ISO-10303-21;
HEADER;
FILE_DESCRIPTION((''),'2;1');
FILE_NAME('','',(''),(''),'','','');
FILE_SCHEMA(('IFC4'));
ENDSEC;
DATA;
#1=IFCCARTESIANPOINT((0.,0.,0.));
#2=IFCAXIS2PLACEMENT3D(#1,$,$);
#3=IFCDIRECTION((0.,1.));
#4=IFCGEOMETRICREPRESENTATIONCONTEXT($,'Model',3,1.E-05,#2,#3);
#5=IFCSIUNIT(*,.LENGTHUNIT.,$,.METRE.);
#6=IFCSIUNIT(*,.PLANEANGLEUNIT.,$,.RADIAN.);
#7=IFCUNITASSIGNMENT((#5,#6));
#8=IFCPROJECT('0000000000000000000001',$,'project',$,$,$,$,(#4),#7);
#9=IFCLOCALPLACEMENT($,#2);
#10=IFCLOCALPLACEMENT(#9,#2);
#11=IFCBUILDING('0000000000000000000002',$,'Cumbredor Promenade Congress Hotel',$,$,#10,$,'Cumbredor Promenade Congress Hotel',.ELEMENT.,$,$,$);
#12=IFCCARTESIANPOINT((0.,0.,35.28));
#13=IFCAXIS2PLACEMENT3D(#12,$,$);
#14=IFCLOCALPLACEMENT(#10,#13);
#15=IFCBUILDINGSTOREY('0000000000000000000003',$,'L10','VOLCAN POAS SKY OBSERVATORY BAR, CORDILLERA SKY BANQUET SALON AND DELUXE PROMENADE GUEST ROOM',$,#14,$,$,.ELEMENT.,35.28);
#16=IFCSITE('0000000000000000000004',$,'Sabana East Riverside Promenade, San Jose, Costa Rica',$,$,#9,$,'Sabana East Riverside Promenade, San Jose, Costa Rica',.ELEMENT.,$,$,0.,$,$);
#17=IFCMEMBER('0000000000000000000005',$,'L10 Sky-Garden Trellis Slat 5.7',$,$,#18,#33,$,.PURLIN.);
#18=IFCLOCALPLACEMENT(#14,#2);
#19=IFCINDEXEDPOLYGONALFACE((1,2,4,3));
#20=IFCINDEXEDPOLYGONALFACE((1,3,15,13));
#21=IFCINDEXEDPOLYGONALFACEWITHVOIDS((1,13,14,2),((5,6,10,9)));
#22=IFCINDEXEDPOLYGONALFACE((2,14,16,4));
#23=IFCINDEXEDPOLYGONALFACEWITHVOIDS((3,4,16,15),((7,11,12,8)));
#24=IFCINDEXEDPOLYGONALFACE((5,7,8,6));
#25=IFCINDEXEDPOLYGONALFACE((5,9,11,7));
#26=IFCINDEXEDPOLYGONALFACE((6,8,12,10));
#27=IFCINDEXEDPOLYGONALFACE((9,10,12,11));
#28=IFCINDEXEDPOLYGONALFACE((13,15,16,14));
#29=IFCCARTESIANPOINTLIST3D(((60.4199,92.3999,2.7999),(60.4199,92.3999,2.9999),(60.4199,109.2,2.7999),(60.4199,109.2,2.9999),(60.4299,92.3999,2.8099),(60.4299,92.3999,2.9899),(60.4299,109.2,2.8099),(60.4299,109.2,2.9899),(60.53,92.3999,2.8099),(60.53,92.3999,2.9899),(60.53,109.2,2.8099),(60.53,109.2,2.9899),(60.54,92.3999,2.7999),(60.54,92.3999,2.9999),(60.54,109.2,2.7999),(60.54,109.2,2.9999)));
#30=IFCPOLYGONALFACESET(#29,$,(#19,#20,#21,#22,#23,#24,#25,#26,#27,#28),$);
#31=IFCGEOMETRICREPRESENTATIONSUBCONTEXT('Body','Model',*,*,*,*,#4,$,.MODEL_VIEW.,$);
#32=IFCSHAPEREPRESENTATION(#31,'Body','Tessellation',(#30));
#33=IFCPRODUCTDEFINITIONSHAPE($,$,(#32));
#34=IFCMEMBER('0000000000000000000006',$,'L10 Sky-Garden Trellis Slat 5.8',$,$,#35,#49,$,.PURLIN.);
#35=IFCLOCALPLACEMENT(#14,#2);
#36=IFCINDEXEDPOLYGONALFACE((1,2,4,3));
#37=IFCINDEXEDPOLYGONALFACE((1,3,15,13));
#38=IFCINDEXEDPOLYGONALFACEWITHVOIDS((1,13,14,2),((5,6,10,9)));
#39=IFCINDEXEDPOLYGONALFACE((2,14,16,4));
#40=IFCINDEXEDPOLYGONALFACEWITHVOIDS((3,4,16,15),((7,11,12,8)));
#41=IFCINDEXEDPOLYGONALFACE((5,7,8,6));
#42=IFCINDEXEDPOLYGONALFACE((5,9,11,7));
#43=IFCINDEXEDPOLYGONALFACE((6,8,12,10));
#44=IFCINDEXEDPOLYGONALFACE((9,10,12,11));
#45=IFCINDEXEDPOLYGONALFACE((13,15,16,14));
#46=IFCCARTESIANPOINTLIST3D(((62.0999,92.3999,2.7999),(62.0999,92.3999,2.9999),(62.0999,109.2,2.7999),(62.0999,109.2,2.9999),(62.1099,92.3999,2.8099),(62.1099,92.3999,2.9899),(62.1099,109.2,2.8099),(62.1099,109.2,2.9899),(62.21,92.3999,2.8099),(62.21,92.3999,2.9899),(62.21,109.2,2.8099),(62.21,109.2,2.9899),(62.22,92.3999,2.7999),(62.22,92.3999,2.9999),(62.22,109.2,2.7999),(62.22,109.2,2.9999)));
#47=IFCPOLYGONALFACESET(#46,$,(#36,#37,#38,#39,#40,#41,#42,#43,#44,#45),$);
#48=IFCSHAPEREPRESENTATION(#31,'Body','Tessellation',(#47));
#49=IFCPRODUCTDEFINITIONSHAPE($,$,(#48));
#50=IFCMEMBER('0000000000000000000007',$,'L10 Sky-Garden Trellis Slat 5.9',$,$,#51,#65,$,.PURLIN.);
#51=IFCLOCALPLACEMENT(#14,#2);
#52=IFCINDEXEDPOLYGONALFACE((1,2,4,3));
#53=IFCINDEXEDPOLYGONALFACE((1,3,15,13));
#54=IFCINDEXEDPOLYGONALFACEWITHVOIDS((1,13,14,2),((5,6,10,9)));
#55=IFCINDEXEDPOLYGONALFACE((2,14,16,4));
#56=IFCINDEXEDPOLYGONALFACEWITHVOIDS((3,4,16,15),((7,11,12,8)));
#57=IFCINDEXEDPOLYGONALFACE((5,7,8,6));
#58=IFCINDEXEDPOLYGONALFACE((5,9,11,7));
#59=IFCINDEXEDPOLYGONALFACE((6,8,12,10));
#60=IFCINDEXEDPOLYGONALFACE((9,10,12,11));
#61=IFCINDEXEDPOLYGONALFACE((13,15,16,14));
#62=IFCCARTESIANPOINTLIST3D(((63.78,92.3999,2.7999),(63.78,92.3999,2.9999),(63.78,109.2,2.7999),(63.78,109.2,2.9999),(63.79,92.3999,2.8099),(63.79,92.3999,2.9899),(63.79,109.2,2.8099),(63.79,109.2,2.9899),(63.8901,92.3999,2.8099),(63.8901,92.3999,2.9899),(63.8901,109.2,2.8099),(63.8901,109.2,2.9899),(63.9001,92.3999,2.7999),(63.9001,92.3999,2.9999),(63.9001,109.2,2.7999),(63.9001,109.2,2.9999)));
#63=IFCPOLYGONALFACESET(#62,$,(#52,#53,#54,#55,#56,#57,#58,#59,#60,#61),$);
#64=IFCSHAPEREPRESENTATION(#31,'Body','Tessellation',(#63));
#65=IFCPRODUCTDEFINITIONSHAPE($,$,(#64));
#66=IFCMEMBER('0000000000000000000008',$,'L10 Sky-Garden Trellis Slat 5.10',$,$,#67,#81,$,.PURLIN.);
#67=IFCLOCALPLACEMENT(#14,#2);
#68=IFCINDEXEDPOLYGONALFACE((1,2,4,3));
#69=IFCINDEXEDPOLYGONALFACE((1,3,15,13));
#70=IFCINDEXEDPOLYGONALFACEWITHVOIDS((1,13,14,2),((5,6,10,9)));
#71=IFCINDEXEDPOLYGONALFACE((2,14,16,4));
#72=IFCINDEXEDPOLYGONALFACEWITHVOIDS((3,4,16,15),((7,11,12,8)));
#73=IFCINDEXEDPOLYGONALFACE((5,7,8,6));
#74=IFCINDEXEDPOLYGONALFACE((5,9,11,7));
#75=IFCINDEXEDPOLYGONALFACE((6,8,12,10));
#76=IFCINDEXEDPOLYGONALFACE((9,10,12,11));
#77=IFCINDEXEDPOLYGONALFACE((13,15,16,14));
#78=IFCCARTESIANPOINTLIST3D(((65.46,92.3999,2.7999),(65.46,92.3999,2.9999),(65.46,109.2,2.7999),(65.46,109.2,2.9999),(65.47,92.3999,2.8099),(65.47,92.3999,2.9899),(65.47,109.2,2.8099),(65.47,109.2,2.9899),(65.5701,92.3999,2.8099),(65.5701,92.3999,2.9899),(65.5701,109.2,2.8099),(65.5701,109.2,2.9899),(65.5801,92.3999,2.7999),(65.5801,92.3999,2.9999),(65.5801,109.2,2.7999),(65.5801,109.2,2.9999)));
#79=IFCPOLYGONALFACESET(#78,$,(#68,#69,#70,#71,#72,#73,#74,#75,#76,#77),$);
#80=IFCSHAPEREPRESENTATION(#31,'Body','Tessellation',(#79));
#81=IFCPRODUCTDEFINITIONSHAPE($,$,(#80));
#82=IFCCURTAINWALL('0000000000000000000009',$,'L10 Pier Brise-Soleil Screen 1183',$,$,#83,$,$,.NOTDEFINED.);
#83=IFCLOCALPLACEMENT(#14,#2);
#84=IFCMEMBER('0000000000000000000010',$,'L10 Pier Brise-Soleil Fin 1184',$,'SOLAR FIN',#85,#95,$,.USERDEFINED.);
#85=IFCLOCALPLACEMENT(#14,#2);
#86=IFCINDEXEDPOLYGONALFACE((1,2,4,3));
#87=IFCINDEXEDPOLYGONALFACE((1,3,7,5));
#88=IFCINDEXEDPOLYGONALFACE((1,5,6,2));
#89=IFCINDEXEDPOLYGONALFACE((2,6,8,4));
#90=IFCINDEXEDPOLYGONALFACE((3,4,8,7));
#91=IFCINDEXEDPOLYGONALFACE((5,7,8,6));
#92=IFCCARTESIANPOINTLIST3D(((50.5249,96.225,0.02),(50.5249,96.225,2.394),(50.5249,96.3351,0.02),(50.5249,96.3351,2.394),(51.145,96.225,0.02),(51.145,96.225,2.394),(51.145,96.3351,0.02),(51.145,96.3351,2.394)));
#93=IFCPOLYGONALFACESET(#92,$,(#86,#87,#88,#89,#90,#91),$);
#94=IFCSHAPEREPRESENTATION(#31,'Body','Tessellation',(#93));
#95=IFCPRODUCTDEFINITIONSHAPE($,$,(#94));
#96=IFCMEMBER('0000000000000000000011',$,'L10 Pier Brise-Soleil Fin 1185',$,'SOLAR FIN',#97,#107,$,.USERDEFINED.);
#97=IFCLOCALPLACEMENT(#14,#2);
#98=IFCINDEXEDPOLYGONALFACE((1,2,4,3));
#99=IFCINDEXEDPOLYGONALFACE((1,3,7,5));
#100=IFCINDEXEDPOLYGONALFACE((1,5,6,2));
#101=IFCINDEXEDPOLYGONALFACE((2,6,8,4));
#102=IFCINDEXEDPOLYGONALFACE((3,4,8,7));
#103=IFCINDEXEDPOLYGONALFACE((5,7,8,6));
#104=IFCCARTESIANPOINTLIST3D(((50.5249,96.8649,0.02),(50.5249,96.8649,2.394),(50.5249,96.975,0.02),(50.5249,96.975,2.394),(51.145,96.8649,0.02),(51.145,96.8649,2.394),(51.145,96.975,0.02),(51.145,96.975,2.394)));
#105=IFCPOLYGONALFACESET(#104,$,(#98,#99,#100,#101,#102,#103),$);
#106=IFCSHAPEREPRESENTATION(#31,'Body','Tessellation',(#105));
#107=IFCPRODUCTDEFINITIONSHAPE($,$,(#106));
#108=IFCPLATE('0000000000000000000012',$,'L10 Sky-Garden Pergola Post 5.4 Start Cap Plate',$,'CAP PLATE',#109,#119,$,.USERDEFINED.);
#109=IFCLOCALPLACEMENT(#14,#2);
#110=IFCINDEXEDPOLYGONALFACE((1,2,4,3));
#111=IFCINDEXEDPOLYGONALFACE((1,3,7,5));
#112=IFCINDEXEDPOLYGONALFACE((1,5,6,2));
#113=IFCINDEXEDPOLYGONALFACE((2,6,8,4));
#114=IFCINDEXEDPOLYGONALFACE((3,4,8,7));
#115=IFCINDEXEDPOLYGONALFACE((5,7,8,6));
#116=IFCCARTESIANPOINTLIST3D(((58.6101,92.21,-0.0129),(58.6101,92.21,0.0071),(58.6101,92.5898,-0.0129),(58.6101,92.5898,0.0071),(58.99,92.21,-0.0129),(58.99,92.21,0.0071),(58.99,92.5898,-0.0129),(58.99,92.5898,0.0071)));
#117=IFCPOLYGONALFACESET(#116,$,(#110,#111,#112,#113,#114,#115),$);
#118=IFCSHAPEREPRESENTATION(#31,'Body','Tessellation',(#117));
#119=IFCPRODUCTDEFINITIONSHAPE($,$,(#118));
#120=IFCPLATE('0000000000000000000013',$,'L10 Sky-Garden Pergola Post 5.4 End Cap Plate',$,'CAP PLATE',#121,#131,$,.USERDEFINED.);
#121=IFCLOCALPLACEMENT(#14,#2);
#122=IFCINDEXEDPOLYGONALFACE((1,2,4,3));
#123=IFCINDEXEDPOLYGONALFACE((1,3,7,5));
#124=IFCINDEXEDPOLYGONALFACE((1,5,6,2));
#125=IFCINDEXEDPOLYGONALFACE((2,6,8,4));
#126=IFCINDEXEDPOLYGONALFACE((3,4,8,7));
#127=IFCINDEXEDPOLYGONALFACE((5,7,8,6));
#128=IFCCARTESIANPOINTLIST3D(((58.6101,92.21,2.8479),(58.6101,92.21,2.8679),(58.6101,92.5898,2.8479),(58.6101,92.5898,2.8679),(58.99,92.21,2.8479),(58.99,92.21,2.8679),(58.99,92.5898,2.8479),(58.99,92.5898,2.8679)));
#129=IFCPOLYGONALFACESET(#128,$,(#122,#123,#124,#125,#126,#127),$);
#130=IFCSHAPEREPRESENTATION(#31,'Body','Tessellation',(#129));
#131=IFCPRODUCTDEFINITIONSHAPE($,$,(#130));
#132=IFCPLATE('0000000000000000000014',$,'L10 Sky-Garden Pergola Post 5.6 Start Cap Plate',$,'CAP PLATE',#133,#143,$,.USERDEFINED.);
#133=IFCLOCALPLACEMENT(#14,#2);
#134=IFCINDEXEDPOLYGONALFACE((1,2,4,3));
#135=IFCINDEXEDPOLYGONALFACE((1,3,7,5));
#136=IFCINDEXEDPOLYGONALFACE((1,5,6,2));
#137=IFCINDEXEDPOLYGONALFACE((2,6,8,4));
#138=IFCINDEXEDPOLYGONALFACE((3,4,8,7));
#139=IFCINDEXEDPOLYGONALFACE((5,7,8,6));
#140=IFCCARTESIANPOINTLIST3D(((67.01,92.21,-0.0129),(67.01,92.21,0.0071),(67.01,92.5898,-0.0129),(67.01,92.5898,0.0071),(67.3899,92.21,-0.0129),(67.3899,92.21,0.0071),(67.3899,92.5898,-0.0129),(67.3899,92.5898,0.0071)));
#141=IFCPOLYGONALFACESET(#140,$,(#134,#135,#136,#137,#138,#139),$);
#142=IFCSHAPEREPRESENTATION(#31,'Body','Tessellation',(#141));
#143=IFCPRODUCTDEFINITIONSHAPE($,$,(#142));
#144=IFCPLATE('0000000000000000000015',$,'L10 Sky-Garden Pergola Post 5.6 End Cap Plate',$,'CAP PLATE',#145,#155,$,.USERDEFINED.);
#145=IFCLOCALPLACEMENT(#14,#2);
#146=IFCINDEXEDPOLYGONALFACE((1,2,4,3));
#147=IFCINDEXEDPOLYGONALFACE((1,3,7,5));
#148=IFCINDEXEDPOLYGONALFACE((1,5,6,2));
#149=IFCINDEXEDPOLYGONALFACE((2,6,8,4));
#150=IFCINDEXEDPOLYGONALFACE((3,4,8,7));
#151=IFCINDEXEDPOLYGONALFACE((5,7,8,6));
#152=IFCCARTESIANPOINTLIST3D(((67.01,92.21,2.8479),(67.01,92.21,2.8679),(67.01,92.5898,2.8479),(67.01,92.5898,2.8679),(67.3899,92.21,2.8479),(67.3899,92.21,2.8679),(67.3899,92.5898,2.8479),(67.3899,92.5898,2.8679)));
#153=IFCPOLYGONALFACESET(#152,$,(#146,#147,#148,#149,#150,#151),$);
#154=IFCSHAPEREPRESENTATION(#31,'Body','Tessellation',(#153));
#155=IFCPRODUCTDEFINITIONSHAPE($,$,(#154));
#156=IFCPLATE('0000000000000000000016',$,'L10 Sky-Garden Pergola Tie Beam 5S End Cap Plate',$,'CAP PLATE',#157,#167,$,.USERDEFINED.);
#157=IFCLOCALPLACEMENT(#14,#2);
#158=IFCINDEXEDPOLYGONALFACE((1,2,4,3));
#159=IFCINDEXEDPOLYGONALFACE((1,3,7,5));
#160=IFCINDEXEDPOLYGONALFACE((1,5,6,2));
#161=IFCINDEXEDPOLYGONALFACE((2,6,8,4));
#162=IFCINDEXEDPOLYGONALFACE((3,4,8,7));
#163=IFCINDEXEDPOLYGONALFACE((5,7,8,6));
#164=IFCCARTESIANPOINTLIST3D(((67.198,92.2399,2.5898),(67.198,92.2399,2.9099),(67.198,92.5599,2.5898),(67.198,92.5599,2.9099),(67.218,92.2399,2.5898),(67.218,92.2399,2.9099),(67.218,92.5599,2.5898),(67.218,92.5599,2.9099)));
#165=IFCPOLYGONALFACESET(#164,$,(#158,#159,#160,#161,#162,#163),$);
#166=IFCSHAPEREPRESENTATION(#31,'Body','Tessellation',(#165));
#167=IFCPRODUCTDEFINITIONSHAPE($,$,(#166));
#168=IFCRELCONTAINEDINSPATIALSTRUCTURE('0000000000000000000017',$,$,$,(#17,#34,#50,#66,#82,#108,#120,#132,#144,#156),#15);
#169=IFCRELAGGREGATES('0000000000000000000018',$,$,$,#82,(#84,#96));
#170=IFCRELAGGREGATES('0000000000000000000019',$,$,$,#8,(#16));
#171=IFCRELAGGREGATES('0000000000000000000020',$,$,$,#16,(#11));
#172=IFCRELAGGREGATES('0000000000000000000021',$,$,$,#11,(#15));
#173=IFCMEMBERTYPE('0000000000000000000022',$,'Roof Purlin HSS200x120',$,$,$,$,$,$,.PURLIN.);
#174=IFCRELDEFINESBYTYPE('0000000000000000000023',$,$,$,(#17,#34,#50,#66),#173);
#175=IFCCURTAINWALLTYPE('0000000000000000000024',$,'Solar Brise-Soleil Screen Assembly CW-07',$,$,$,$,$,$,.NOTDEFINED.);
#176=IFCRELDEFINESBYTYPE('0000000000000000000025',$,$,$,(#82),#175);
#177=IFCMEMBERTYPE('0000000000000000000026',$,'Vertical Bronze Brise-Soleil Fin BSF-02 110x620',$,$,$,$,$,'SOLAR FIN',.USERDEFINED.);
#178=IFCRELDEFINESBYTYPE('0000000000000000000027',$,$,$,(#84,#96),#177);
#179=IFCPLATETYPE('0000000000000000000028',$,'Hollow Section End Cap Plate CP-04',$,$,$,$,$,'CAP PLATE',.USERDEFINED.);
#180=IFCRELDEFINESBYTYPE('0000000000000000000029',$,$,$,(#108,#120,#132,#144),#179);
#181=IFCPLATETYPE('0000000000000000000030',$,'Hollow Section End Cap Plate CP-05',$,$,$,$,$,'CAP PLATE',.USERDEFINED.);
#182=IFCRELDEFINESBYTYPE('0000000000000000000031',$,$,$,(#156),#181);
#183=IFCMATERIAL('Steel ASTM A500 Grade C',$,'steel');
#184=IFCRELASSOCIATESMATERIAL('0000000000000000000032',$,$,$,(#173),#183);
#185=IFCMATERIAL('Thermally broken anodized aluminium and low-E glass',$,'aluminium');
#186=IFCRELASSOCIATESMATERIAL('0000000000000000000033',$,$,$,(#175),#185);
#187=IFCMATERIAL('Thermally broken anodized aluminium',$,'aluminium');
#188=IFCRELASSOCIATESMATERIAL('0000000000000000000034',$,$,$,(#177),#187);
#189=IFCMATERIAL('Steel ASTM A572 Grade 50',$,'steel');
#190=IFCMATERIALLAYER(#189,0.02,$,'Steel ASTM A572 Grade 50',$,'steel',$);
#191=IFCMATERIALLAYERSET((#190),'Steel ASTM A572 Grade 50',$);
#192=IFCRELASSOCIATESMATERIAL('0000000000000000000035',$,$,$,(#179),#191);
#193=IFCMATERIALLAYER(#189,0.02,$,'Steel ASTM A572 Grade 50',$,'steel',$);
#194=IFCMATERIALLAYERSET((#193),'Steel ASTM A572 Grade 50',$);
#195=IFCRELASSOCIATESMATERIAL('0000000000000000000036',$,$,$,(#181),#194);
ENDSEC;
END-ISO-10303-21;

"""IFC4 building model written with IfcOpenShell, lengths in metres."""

from ifc_helpers import new_model, si_unit, direction, frame, origin, origin_2d, place, context, subcontext, project, spatial, rectangle, hollow_rectangle, extrude, material, layer, layer_set, material_profile, profile_set, type_object, element, aggregate, save


model = new_model("IFC4")

# Units and contexts
model_context = context("Model", 3, precision=1e-05, world=origin(), true_north=direction((0.0, 1.0)))
body_context = subcontext(model_context, "Body", "Model", "MODEL_VIEW")
ifc_project = project(units=[si_unit("LENGTHUNIT", "METRE"), si_unit("PLANEANGLEUNIT", "RADIAN")], contexts=[model_context])

# Site, building, storey
site_placement = place(None, origin())
site = spatial("IfcSite", under=ifc_project, at=site_placement, Name="Sabana East Riverside Promenade, San Jose, Costa Rica", LongName="Sabana East Riverside Promenade, San Jose, Costa Rica", CompositionType="ELEMENT", RefElevation=0.0)
building_placement = place(site_placement, origin())
building = spatial("IfcBuilding", under=site, at=building_placement, Name="Cumbredor Promenade Congress Hotel", LongName="Cumbredor Promenade Congress Hotel", CompositionType="ELEMENT")
storey_placement = place(building_placement, frame((0.0, 0.0, 35.28)))
storey = spatial("IfcBuildingStorey", under=building, at=storey_placement, Name="L10", Description="VOLCAN POAS SKY OBSERVATORY BAR, CORDILLERA SKY BANQUET SALON AND DELUXE PROMENADE GUEST ROOM", CompositionType="ELEMENT", Elevation=35.28)

# Shared definitions
ifc_material_1 = material(Name="Steel ASTM A500 Grade C", Category="steel")

# Members
ifc_material_profile_1 = material_profile(ifc_material_1, hollow_rectangle(XDim=0.1201, YDim=0.2, WallThickness=0.01, at=origin_2d()), Name="HSS 200x120x10")
ifc_profile_set_1 = profile_set([ifc_material_profile_1], Name="Steel ASTM A500 Grade C")
member_type_1 = type_object("IfcMemberType", Name="Roof Purlin HSS200x120", PredefinedType="PURLIN", material=ifc_profile_set_1)
for number, where, z_axis, x_axis, name in (
    (1, (60.48, 92.3999, 2.8999), (0.0, 1.0, 0.0), (-1.0, 0.0, 0.0), "L10 Sky-Garden Trellis Slat 5.7"),
    (2, (62.1599, 92.3999, 2.8999), (0.0, 1.0, 0.0), (-1.0, 0.0, 0.0), "L10 Sky-Garden Trellis Slat 5.8"),
    (3, (63.8401, 92.3999, 2.8999), (0.0, 1.0, 0.0), (-1.0, 0.0, 0.0), "L10 Sky-Garden Trellis Slat 5.9"),
    (4, (65.52, 92.3999, 2.8999), (0.0, 1.0, 0.0), (-1.0, 0.0, 0.0), "L10 Sky-Garden Trellis Slat 5.10"),
):
    element("IfcMember", number, at=place(storey_placement, frame(where, z_axis=z_axis, x_axis=x_axis)), inside=storey, type_object=member_type_1, Name=name, PredefinedType="PURLIN", context=body_context, shape_type="SweptSolid", body=[
        extrude(hollow_rectangle(XDim=0.1201, YDim=0.2, WallThickness=0.01, at=origin_2d()), origin(), (0.0, 0.0, 1.0), 16.8),
    ])

# Curtain wall, members
ifc_material_2 = material(Name="Thermally broken anodized aluminium and low-E glass", Category="aluminium")
curtain_wall_type = type_object("IfcCurtainWallType", Name="Solar Brise-Soleil Screen Assembly CW-07", PredefinedType="NOTDEFINED", material=ifc_material_2)
curtain_wall_placement = place(storey_placement, origin())
curtain_wall = element("IfcCurtainWall", 5, at=curtain_wall_placement, inside=storey, type_object=curtain_wall_type, Name="L10 Pier Brise-Soleil Screen 1183", PredefinedType="NOTDEFINED")
ifc_material_3 = material(Name="Thermally broken anodized aluminium", Category="aluminium")
ifc_material_profile_2 = material_profile(ifc_material_3, rectangle(XDim=0.1101, YDim=0.6201, at=origin_2d()), Name="ARCH FIN 110x620")
ifc_profile_set_2 = profile_set([ifc_material_profile_2], Name="Thermally broken anodized aluminium")
member_type_2 = type_object("IfcMemberType", Name="Vertical Bronze Brise-Soleil Fin BSF-02 110x620", ElementType="SOLAR FIN", PredefinedType="USERDEFINED", material=ifc_profile_set_2)
member_1_placement = place(storey_placement, frame((50.835, 96.28, 0.02), z_axis=(0.0, 0.0, 1.0), x_axis=(0.0, 1.0, 0.0)))
member_1 = element("IfcMember", 6, at=member_1_placement, type_object=member_type_2, Name="L10 Pier Brise-Soleil Fin 1184", ObjectType="SOLAR FIN", PredefinedType="USERDEFINED", context=body_context, shape_type="SweptSolid", body=[
    extrude(rectangle(XDim=0.1101, YDim=0.6201, at=origin_2d()), origin(), (0.0, 0.0, 1.0), 2.374),
])
member_2_placement = place(storey_placement, frame((50.835, 96.9199, 0.02), z_axis=(0.0, 0.0, 1.0), x_axis=(0.0, 1.0, 0.0)))
member_2 = element("IfcMember", 7, at=member_2_placement, type_object=member_type_2, Name="L10 Pier Brise-Soleil Fin 1185", ObjectType="SOLAR FIN", PredefinedType="USERDEFINED", context=body_context, shape_type="SweptSolid", body=[
    extrude(rectangle(XDim=0.1101, YDim=0.6201, at=origin_2d()), origin(), (0.0, 0.0, 1.0), 2.374),
])
aggregate(curtain_wall, [member_1, member_2])

# Plates
ifc_material_4 = material(Name="Steel ASTM A572 Grade 50", Category="steel")
ifc_layer_1 = layer(ifc_material_4, 0.02, Name="Steel ASTM A572 Grade 50", Category="steel")
ifc_layer_set_1 = layer_set([ifc_layer_1], Name="Steel ASTM A572 Grade 50")
plate_type_1 = type_object("IfcPlateType", Name="Hollow Section End Cap Plate CP-04", ElementType="CAP PLATE", PredefinedType="USERDEFINED", material=ifc_layer_set_1)
for number, where, z_axis, x_axis, name in (
    (8, (58.8, 92.3999, -0.0129), (0.0, 0.0, 1.0), (1.0, 0.0, 0.0), "L10 Sky-Garden Pergola Post 5.4 Start Cap Plate"),
    (9, (58.8, 92.3999, 2.8479), (0.0, 0.0, 1.0), (1.0, 0.0, 0.0), "L10 Sky-Garden Pergola Post 5.4 End Cap Plate"),
    (10, (67.2, 92.3999, -0.0129), (0.0, 0.0, 1.0), (1.0, 0.0, 0.0), "L10 Sky-Garden Pergola Post 5.6 Start Cap Plate"),
    (11, (67.2, 92.3999, 2.8479), (0.0, 0.0, 1.0), (1.0, 0.0, 0.0), "L10 Sky-Garden Pergola Post 5.6 End Cap Plate"),
):
    element("IfcPlate", number, at=place(storey_placement, frame(where, z_axis=z_axis, x_axis=x_axis)), inside=storey, type_object=plate_type_1, Name=name, ObjectType="CAP PLATE", PredefinedType="USERDEFINED", context=body_context, shape_type="SweptSolid", body=[
        extrude(rectangle(XDim=0.3799, YDim=0.3799, at=origin_2d()), origin(), (0.0, 0.0, 1.0), 0.02),
    ])
ifc_layer_2 = layer(ifc_material_4, 0.02, Name="Steel ASTM A572 Grade 50", Category="steel")
ifc_layer_set_2 = layer_set([ifc_layer_2], Name="Steel ASTM A572 Grade 50")
plate_type_2 = type_object("IfcPlateType", Name="Hollow Section End Cap Plate CP-05", ElementType="CAP PLATE", PredefinedType="USERDEFINED", material=ifc_layer_set_2)
plate_placement = place(storey_placement, frame((67.208, 92.3999, 2.5898), z_axis=(0.0, 0.0, 1.0), x_axis=(1.0, 0.0, 0.0)))
element("IfcPlate", 12, at=plate_placement, inside=storey, type_object=plate_type_2, Name="L10 Sky-Garden Pergola Tie Beam 5S End Cap Plate", ObjectType="CAP PLATE", PredefinedType="USERDEFINED", context=body_context, shape_type="SweptSolid", body=[
    extrude(rectangle(XDim=0.02, YDim=0.3201, at=origin_2d()), origin(), (0.0, 0.0, 1.0), 0.3201),
])

save(model, "model.ifc")
